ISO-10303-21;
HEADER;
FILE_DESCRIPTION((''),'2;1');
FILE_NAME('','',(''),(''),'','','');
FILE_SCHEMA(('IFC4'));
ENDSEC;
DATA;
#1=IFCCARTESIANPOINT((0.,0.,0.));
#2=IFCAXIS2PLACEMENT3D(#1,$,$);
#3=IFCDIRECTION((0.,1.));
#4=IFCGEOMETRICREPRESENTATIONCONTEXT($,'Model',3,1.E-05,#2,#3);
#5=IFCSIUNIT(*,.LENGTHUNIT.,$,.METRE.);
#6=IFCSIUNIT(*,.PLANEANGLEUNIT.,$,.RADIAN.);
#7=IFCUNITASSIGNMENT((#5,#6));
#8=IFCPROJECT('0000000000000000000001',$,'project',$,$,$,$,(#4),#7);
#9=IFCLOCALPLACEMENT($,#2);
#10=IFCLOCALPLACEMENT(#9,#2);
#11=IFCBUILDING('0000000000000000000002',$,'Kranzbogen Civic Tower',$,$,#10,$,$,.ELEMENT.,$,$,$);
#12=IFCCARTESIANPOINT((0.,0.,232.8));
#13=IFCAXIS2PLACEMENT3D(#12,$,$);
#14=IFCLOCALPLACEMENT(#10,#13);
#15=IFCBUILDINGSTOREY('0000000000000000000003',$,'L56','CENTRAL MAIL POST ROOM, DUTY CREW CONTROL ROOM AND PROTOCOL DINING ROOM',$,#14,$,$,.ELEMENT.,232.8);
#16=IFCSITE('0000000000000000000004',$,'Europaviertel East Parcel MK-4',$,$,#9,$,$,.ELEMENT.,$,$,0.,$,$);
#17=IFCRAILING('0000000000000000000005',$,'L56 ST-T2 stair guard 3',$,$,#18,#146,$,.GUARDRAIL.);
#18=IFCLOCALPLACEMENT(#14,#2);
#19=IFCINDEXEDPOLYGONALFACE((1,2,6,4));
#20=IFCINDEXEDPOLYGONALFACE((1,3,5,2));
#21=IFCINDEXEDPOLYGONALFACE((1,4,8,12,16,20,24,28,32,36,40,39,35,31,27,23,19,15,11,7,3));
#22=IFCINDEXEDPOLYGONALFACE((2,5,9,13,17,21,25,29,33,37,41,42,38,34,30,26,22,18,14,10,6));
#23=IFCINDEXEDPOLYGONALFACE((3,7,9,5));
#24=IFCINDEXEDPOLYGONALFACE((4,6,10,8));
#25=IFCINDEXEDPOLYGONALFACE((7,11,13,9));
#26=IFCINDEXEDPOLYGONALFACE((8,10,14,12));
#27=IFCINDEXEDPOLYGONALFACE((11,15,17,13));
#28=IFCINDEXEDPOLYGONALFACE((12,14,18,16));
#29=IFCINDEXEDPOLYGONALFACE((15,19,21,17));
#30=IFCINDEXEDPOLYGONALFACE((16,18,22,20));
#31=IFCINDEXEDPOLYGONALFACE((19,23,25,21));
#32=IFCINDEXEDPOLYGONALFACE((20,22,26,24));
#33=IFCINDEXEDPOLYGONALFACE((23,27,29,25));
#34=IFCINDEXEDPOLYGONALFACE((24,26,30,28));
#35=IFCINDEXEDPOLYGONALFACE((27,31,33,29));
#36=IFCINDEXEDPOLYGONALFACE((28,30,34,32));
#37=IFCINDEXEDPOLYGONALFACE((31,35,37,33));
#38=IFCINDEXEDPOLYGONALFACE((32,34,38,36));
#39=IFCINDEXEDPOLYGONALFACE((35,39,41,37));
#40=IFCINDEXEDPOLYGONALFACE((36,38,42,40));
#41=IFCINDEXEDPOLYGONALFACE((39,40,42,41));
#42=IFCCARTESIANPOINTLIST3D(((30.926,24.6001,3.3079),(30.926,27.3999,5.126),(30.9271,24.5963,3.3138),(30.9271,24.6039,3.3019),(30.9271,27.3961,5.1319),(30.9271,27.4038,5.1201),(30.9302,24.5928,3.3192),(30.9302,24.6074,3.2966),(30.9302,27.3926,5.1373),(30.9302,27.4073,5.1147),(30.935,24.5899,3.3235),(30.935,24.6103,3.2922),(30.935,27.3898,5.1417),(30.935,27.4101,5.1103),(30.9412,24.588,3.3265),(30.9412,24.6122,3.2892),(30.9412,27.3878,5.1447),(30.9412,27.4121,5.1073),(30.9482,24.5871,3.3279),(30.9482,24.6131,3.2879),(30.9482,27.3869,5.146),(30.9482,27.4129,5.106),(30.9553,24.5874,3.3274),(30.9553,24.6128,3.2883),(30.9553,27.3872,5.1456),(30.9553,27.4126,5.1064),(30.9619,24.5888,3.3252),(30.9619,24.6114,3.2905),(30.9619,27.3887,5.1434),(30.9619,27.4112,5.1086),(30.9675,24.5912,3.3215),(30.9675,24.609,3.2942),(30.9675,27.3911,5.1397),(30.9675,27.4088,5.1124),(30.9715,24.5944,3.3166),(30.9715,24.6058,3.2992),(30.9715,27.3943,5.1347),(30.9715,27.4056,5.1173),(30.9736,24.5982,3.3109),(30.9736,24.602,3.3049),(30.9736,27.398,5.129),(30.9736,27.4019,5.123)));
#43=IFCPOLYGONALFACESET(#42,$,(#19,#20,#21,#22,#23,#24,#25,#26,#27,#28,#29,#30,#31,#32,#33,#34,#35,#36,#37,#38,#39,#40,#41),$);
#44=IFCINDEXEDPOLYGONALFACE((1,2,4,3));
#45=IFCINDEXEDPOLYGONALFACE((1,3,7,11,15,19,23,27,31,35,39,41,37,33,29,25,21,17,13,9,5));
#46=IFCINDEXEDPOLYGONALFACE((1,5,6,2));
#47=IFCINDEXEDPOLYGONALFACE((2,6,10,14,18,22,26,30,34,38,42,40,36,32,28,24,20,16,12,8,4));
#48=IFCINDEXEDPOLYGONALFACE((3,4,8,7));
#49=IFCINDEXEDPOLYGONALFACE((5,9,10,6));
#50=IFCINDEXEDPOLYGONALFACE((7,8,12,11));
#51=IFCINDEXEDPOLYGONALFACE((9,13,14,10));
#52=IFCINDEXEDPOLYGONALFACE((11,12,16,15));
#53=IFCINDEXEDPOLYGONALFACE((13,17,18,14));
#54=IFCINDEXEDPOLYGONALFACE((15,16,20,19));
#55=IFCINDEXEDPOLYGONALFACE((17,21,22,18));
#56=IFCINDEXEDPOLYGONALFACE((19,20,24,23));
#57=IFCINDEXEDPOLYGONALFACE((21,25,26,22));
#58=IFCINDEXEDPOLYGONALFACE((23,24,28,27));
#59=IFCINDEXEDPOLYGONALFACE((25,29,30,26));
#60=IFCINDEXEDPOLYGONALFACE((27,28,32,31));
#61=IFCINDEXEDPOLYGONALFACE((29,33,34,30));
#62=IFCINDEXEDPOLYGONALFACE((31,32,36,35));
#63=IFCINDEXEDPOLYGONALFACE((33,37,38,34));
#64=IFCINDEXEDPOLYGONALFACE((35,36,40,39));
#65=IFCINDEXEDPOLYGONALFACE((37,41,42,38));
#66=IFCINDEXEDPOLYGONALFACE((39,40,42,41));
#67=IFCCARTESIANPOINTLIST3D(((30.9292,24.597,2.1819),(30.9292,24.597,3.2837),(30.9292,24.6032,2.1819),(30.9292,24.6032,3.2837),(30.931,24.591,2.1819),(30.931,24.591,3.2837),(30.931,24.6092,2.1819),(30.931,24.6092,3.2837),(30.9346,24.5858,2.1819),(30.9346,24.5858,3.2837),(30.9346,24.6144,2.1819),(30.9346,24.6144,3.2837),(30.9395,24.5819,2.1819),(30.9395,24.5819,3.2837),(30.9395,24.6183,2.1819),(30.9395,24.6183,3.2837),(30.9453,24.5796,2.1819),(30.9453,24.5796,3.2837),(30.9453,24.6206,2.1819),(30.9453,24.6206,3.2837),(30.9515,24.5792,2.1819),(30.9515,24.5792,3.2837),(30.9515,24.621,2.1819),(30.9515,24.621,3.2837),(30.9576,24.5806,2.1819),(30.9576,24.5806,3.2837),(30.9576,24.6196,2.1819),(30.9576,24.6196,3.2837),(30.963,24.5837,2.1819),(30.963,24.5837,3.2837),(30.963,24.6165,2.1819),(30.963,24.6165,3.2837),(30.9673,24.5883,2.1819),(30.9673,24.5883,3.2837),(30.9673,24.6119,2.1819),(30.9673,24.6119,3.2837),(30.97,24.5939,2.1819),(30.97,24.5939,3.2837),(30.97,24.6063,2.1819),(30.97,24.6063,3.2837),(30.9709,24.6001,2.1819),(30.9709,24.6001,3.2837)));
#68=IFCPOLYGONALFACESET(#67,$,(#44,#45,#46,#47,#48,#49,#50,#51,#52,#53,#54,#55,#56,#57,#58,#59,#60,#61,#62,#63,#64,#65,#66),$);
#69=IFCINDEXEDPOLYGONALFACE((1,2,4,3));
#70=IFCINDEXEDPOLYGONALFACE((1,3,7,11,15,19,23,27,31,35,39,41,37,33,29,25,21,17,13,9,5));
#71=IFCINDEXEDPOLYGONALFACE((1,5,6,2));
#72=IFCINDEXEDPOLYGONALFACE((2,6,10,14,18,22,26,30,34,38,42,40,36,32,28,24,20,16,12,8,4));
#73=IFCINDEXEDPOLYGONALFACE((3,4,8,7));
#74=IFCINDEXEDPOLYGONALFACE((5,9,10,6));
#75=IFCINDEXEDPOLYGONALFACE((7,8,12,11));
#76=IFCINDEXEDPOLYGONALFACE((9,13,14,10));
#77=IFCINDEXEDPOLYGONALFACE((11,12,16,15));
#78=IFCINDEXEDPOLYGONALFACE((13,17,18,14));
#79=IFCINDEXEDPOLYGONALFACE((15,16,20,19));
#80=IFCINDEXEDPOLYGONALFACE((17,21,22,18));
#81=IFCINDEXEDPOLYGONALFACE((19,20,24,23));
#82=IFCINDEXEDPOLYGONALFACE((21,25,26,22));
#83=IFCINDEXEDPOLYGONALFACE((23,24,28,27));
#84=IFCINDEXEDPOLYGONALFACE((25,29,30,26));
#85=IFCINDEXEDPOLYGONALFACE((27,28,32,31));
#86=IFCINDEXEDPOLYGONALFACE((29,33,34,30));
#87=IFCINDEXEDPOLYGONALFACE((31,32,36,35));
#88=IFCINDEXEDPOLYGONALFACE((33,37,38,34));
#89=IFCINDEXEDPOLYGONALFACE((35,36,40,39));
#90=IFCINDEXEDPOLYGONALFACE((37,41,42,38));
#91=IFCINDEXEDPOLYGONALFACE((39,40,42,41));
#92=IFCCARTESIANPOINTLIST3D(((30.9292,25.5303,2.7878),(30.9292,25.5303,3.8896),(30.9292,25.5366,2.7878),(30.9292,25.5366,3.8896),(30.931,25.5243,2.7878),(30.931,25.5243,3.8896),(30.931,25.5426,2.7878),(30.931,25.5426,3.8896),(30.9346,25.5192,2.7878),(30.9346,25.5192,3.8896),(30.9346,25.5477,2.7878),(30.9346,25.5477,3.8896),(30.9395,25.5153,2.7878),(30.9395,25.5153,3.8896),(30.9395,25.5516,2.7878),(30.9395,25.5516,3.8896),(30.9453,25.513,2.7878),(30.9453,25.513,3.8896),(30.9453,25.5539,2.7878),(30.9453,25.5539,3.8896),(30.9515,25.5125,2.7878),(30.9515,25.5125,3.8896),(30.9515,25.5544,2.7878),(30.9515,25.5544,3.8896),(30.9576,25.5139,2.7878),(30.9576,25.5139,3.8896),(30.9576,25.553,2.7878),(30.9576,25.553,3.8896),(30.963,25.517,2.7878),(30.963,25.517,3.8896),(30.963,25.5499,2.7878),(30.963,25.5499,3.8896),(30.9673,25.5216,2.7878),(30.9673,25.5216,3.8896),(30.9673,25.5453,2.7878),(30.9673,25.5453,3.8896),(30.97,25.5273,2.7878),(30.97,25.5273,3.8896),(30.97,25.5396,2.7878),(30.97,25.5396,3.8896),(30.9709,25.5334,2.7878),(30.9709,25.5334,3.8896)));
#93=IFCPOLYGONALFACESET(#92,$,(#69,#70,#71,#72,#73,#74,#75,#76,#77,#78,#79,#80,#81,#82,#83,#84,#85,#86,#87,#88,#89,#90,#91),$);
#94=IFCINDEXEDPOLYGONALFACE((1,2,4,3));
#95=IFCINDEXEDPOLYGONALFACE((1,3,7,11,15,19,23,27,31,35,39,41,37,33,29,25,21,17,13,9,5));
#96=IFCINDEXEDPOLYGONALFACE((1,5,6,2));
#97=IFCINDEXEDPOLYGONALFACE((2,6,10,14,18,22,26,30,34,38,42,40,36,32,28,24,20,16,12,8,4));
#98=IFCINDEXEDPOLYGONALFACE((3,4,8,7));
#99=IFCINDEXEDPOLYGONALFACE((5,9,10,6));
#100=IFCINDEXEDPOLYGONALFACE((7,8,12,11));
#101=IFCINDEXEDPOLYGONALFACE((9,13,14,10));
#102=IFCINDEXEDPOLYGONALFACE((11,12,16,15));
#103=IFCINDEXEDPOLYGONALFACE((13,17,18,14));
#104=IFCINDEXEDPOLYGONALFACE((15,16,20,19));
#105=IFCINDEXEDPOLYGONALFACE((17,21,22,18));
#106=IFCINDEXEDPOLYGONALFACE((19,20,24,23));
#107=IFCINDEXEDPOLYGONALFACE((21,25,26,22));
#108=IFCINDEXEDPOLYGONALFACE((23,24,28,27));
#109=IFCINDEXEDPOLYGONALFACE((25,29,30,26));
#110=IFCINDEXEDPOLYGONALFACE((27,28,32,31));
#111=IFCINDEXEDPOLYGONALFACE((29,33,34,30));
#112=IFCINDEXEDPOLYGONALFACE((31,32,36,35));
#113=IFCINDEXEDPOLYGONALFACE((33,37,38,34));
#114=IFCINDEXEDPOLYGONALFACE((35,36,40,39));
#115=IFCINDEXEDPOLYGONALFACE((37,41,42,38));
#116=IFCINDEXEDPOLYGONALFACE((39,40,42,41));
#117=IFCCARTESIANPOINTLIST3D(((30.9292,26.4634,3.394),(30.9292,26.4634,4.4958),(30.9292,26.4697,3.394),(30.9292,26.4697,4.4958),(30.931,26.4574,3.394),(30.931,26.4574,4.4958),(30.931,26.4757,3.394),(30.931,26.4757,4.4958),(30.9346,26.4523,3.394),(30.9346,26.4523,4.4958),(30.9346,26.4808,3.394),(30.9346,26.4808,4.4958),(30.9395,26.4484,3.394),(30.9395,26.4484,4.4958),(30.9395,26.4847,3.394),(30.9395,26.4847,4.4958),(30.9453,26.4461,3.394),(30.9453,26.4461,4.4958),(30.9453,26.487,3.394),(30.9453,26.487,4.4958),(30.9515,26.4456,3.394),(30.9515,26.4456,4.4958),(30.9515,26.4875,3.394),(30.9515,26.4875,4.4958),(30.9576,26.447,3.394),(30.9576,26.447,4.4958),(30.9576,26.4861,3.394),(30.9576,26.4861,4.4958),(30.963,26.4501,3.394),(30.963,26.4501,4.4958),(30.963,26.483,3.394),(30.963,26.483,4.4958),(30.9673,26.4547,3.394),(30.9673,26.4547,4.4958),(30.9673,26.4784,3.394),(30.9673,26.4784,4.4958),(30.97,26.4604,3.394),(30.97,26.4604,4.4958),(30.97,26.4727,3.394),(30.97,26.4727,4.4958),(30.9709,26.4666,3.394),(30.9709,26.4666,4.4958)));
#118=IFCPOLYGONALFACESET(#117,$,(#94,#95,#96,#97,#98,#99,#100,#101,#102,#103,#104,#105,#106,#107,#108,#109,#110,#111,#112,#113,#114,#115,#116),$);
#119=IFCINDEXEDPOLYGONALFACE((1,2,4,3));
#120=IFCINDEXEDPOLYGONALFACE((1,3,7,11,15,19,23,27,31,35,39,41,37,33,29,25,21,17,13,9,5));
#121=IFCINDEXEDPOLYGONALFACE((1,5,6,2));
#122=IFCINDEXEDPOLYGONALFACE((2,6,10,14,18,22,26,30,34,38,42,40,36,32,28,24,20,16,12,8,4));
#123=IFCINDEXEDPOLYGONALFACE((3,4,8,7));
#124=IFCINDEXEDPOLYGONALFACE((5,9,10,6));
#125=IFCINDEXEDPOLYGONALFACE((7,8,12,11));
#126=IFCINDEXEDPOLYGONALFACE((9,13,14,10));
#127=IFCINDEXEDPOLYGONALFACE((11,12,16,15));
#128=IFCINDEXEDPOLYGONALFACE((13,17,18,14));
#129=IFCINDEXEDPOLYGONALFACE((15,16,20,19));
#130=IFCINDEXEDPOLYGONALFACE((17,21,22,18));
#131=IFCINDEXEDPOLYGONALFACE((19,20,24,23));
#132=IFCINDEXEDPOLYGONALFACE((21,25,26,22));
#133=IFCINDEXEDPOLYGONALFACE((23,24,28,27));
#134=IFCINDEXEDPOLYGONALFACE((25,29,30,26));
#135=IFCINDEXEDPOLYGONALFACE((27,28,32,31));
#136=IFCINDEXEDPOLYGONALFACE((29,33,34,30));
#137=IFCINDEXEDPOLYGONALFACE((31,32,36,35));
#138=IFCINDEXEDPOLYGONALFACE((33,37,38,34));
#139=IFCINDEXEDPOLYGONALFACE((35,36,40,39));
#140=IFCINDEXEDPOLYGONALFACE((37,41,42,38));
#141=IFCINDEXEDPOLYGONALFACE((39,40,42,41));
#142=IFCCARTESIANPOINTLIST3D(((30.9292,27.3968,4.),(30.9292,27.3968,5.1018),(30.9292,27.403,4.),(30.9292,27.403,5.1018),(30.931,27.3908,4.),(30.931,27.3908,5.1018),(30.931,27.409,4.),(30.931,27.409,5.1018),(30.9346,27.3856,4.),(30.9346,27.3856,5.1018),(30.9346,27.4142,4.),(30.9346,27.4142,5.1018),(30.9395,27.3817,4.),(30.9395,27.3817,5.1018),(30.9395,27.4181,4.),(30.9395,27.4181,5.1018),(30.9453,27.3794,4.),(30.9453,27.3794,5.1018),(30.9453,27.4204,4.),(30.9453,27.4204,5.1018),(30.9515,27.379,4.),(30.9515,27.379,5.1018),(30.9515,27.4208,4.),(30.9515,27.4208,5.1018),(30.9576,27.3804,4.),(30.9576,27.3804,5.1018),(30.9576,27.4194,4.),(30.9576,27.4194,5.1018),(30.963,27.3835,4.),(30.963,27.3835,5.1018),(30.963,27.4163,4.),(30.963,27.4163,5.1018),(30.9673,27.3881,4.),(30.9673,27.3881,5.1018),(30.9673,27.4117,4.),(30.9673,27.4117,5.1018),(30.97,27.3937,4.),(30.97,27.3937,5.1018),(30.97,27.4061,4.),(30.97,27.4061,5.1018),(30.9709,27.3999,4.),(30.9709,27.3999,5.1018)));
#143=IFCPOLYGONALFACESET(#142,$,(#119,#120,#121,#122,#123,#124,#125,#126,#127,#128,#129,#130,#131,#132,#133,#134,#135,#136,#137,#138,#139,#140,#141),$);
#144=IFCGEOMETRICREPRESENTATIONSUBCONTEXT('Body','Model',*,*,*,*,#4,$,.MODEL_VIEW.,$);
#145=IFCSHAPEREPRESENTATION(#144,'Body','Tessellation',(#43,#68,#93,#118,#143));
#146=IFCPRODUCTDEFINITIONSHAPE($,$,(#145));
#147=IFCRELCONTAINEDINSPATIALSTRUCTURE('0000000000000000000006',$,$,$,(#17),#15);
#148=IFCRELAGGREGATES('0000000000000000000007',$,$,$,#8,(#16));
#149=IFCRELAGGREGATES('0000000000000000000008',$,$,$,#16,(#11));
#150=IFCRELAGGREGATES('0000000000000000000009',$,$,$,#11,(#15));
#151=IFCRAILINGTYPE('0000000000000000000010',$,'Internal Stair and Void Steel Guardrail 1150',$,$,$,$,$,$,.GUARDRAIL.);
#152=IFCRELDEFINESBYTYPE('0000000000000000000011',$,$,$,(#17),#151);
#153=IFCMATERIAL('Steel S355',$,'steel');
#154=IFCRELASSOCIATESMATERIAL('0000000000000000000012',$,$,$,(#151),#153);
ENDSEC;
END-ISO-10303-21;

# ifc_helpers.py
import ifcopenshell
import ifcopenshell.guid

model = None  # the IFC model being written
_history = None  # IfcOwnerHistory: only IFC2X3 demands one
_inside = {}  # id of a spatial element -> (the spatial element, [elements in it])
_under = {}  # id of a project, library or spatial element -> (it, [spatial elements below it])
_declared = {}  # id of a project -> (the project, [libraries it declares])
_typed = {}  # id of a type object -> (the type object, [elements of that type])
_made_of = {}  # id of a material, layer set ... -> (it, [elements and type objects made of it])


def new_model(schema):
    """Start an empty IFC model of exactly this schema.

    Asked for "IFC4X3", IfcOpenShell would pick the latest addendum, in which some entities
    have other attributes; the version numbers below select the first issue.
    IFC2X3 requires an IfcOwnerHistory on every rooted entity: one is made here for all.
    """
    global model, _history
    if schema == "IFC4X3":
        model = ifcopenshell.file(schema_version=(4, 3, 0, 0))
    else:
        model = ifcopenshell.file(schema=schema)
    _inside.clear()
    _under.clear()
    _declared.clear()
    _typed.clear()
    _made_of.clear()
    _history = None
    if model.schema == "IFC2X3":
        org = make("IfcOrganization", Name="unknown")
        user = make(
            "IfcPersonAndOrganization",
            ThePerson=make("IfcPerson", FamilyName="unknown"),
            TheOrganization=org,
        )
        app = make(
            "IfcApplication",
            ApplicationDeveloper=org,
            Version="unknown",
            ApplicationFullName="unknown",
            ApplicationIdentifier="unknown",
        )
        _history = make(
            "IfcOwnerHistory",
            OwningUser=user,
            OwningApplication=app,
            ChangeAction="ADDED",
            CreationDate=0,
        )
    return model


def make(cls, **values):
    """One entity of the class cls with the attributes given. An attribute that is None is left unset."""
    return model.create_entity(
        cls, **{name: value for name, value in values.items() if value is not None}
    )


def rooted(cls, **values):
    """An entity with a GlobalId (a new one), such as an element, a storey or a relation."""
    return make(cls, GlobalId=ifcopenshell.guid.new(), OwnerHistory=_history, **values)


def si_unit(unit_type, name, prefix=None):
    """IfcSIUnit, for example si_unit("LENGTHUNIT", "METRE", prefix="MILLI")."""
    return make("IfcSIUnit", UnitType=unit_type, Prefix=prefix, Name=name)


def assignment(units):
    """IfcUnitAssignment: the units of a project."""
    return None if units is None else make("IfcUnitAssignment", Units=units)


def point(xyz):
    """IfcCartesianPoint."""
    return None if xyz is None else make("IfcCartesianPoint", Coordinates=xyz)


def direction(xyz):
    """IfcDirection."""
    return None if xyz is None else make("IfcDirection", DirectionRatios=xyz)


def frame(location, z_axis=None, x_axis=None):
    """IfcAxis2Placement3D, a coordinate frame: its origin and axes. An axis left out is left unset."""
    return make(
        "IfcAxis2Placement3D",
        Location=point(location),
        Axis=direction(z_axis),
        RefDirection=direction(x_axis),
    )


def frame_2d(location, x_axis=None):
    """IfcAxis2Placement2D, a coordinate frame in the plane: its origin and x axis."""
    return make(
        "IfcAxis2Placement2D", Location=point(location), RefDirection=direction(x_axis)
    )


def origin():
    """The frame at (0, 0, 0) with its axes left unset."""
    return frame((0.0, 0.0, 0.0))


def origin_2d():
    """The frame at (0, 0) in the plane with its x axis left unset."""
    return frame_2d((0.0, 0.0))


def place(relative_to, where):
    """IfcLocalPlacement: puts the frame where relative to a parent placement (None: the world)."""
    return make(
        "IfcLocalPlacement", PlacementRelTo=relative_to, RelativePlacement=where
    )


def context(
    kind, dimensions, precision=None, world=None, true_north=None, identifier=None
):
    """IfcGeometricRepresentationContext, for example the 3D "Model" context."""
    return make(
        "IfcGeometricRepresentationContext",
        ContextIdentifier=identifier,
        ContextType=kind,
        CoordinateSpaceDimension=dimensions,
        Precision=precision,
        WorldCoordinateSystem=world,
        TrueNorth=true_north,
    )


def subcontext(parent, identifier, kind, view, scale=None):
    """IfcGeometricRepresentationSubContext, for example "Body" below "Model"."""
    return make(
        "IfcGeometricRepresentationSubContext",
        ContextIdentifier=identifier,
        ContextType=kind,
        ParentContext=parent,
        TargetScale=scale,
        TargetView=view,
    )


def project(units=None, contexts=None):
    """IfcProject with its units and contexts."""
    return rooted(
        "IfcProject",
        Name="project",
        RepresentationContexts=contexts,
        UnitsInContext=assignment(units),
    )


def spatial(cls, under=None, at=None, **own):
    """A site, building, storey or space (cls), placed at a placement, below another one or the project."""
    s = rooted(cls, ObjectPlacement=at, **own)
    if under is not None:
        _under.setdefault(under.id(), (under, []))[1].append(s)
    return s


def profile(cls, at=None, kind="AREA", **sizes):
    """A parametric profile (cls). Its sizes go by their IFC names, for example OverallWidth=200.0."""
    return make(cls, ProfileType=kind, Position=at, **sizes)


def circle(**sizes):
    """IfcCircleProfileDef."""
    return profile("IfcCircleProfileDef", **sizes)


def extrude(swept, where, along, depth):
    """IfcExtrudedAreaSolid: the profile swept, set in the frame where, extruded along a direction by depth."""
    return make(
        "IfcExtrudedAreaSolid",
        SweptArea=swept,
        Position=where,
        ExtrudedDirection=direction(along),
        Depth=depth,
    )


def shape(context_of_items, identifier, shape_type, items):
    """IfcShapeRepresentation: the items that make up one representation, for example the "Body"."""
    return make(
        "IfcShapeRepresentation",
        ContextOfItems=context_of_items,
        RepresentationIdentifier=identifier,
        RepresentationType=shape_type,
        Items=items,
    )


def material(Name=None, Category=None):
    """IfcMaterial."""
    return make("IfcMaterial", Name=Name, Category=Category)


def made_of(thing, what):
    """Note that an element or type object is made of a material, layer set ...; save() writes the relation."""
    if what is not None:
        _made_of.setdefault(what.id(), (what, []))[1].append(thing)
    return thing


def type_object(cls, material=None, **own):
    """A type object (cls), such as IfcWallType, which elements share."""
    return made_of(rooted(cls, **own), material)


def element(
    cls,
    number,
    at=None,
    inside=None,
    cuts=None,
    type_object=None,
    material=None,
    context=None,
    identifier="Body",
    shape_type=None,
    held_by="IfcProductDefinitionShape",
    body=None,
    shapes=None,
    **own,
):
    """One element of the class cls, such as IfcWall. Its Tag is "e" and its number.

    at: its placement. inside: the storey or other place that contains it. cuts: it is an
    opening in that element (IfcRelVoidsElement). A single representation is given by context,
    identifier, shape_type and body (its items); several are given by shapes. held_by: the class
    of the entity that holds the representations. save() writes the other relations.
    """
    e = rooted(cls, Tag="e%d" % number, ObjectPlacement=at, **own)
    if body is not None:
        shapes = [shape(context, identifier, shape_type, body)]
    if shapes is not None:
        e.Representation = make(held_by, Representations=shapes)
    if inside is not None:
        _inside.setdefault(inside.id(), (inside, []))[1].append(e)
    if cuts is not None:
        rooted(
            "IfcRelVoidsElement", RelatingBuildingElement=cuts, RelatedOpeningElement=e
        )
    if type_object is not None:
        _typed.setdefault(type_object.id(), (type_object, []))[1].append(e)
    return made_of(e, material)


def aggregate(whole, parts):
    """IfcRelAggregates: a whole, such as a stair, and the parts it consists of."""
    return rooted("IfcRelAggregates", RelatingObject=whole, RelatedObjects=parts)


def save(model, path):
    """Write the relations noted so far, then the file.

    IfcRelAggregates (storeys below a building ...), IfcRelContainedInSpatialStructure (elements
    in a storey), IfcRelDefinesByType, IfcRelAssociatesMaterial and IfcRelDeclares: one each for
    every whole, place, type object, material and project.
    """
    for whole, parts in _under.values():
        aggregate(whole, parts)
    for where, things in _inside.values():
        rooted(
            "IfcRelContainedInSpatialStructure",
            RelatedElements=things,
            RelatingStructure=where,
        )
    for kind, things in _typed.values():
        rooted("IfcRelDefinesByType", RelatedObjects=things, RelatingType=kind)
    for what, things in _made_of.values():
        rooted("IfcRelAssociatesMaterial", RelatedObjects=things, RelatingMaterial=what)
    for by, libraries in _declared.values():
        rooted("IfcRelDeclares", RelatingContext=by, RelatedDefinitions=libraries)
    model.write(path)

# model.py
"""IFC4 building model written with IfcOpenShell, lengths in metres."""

from ifc_helpers import new_model, si_unit, direction, frame, origin, origin_2d, place, context, subcontext, project, spatial, circle, extrude, material, type_object, element, save


model = new_model("IFC4")

# Units and contexts
model_context = context("Model", 3, precision=1e-05, world=origin(), true_north=direction((0.0, 1.0)))
body_context = subcontext(model_context, "Body", "Model", "MODEL_VIEW")
ifc_project = project(units=[si_unit("LENGTHUNIT", "METRE"), si_unit("PLANEANGLEUNIT", "RADIAN")], contexts=[model_context])

# Site, building, storey
site_placement = place(None, origin())
site = spatial("IfcSite", under=ifc_project, at=site_placement, Name="Europaviertel East Parcel MK-4", CompositionType="ELEMENT", RefElevation=0.0)
building_placement = place(site_placement, origin())
building = spatial("IfcBuilding", under=site, at=building_placement, Name="Kranzbogen Civic Tower", CompositionType="ELEMENT")
storey_placement = place(building_placement, frame((0.0, 0.0, 232.8)))
storey = spatial("IfcBuildingStorey", under=building, at=storey_placement, Name="L56", Description="CENTRAL MAIL POST ROOM, DUTY CREW CONTROL ROOM AND PROTOCOL DINING ROOM", CompositionType="ELEMENT", Elevation=232.8)

# Shared definitions
ifc_material_1 = material(Name="Steel S355", Category="steel")

# Railing
railing_type_1 = type_object("IfcRailingType", Name="Internal Stair and Void Steel Guardrail 1150", PredefinedType="GUARDRAIL", material=ifc_material_1)
railing_1_placement = place(storey_placement, frame((30.95, 24.6001, 2.1819)))
element("IfcRailing", 1, at=railing_1_placement, inside=storey, type_object=railing_type_1, Name="L56 ST-T2 stair guard 3", PredefinedType="GUARDRAIL", context=body_context, shape_type="SweptSolid", body=[
    extrude(circle(Radius=0.0239, at=origin_2d()), frame((0.0, 0.0, 1.126), z_axis=(0.0, 0.838684, 0.544618), x_axis=(-1.0, 0.0, 0.0)), (0.0, 0.0, 1.0), 3.3384),
    extrude(circle(Radius=0.021, at=origin_2d()), origin(), (0.0, 0.0, 1.0), 1.1018),
    extrude(circle(Radius=0.021, at=origin_2d()), frame((0.0, 0.9333, 0.606)), (0.0, 0.0, 1.0), 1.1018),
    extrude(circle(Radius=0.021, at=origin_2d()), frame((0.0, 1.8665, 1.2122)), (0.0, 0.0, 1.0), 1.1018),
    extrude(circle(Radius=0.021, at=origin_2d()), frame((0.0, 2.7998, 1.8181)), (0.0, 0.0, 1.0), 1.1018),
])

save(model, "model.ifc")
